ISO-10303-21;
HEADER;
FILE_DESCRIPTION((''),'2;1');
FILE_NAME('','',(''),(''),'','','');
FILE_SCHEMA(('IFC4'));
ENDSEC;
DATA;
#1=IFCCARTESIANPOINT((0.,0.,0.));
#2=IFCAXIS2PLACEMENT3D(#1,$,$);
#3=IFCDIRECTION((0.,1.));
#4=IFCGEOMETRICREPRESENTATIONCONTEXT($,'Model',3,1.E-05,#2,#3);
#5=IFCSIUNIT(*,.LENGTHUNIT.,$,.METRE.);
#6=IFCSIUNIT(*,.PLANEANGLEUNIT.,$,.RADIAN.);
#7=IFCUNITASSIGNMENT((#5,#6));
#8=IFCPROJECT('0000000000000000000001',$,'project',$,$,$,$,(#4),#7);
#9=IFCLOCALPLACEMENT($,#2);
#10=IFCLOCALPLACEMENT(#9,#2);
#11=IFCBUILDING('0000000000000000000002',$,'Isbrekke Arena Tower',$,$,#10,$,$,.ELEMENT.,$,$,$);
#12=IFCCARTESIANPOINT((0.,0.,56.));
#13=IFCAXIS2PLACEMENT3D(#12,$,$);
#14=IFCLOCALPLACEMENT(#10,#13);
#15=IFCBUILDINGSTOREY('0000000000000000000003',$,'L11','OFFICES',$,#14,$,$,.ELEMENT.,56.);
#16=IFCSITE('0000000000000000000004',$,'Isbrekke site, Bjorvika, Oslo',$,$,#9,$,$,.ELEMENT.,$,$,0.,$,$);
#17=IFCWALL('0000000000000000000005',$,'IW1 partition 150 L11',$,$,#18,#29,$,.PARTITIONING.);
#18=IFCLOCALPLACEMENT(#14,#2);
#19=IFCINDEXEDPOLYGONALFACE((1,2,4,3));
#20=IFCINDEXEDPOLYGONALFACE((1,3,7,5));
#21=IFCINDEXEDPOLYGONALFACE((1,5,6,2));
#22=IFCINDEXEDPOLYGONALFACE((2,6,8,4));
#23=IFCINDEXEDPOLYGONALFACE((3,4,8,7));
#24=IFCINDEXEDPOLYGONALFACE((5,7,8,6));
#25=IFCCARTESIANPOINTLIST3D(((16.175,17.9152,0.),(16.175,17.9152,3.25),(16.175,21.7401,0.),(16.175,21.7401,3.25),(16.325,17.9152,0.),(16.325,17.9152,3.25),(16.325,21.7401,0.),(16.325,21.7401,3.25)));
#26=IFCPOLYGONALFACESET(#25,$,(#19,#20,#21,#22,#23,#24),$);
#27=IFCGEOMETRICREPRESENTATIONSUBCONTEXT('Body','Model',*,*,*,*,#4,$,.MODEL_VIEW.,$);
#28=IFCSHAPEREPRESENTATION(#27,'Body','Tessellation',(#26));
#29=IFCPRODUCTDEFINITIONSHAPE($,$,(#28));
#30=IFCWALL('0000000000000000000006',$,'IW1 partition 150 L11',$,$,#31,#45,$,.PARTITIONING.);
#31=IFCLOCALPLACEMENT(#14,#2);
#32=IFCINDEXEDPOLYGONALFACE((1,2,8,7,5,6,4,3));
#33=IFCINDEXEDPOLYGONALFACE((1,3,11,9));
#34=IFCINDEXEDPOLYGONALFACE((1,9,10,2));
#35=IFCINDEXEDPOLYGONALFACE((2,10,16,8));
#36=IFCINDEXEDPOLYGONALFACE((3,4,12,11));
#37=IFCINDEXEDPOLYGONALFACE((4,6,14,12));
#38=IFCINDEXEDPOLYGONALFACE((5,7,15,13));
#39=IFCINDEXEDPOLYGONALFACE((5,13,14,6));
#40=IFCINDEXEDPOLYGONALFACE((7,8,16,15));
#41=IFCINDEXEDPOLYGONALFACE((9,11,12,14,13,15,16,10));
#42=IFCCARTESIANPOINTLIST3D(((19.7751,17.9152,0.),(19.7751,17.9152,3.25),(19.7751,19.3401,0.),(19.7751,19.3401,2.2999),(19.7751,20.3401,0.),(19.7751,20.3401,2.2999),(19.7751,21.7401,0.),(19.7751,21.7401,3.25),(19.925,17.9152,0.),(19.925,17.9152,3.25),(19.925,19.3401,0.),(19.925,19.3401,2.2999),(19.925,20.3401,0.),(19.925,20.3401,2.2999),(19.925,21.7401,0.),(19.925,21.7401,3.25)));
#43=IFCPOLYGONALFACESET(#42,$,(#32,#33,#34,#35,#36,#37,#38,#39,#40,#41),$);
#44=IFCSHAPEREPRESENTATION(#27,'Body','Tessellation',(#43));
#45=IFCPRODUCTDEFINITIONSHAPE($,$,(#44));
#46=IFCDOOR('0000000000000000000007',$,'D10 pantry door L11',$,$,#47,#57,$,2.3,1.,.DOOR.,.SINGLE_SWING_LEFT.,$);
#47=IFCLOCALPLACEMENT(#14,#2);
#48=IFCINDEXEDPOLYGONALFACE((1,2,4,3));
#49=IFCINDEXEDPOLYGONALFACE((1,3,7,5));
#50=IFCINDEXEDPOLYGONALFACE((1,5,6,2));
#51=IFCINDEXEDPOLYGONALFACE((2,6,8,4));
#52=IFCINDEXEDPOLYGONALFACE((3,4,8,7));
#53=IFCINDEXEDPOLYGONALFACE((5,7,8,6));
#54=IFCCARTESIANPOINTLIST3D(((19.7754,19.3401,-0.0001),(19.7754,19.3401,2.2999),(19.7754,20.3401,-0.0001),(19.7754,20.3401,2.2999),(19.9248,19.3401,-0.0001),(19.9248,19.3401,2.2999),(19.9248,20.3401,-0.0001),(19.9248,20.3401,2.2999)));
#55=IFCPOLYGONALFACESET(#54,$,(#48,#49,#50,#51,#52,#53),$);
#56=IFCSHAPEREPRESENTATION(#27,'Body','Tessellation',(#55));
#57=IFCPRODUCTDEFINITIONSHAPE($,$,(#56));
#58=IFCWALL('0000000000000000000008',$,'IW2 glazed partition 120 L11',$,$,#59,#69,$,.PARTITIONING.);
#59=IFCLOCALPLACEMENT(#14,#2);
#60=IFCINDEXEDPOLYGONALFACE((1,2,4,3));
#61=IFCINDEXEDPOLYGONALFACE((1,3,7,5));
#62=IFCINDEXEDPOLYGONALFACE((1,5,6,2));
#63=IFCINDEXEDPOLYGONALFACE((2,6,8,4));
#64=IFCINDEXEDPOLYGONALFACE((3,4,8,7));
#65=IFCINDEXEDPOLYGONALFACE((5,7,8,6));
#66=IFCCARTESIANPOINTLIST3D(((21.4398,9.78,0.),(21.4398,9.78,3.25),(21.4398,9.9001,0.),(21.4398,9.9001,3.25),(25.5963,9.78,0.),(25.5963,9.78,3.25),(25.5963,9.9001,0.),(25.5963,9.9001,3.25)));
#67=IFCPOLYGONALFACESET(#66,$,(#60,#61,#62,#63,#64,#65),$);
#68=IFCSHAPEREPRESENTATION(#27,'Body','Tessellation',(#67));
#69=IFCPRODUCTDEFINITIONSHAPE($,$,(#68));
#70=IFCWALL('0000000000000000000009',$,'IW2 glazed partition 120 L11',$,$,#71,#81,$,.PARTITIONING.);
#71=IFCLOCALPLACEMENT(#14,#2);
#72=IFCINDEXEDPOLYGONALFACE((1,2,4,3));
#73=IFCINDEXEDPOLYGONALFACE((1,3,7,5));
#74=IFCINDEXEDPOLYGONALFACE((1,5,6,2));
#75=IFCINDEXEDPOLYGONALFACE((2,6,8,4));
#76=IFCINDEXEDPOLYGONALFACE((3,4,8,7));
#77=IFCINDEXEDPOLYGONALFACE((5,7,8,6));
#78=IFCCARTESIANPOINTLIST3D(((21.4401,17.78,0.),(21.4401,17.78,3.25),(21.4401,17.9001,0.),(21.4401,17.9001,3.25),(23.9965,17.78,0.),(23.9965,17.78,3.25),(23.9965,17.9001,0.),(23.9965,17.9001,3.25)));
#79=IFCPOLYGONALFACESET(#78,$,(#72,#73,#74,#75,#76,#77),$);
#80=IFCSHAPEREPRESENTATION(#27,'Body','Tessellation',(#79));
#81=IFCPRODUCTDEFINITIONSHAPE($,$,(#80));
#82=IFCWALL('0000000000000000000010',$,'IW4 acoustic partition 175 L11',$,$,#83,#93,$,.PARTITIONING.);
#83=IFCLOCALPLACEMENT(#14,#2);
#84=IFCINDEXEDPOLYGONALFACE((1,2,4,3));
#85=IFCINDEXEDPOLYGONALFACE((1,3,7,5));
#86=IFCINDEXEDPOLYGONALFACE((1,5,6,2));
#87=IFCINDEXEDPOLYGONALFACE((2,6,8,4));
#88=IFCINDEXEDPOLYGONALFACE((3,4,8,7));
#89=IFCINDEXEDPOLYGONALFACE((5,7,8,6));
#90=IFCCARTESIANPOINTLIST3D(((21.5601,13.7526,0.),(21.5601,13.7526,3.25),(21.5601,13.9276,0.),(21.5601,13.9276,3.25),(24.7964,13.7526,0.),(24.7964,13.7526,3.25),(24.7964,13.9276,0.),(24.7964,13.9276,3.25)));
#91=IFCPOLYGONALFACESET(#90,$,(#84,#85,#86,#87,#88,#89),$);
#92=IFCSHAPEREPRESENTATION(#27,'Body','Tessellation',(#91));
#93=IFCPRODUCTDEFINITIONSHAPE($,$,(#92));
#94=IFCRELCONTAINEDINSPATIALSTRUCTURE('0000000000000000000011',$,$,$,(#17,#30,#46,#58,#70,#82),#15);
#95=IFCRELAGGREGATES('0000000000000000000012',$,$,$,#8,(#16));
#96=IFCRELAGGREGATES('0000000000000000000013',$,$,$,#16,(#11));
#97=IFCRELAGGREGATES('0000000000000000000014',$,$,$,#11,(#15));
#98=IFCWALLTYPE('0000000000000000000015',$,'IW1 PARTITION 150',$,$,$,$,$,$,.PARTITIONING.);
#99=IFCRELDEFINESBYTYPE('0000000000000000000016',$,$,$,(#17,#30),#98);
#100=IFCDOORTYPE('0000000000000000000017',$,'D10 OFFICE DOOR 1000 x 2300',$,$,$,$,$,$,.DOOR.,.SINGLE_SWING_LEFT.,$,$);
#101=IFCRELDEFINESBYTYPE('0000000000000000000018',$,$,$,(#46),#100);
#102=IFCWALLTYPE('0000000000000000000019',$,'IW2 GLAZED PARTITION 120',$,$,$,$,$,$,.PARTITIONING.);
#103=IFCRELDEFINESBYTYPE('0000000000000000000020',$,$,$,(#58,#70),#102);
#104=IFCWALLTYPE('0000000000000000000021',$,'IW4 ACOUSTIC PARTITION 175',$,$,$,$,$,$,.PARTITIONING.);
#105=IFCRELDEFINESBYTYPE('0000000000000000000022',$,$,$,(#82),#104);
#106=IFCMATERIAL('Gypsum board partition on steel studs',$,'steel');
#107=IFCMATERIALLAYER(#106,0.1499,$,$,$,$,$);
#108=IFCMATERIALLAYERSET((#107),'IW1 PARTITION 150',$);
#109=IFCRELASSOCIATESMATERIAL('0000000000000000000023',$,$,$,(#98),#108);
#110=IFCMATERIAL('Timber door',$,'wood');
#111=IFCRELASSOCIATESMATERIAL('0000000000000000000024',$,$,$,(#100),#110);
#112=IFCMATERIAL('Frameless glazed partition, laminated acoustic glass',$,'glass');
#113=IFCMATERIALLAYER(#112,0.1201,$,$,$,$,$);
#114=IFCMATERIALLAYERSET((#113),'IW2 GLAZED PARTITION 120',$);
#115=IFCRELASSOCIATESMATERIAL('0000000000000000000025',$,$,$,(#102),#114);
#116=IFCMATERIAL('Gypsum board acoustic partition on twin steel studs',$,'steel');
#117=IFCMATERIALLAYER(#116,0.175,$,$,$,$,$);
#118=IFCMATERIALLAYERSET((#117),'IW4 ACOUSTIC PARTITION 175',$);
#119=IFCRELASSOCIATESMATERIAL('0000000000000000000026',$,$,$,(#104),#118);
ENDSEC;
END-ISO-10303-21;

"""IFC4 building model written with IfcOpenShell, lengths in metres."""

from ifc_helpers import new_model, si_unit, direction, frame, frame_2d, origin, place, context, subcontext, project, spatial, rectangle, extrude, material, layer, layer_set, type_object, element, fill, save


model = new_model("IFC4")

# Units and contexts
model_context = context("Model", 3, precision=1e-05, world=origin(), true_north=direction((0.0, 1.0)))
body_context = subcontext(model_context, "Body", "Model", "MODEL_VIEW")
ifc_project = project(units=[si_unit("LENGTHUNIT", "METRE"), si_unit("PLANEANGLEUNIT", "RADIAN")], contexts=[model_context])

# Site, building, storey
site_placement = place(None, origin())
site = spatial("IfcSite", under=ifc_project, at=site_placement, Name="Isbrekke site, Bjorvika, Oslo", CompositionType="ELEMENT", RefElevation=0.0)
building_placement = place(site_placement, origin())
building = spatial("IfcBuilding", under=site, at=building_placement, Name="Isbrekke Arena Tower", CompositionType="ELEMENT")
storey_placement = place(building_placement, frame((0.0, 0.0, 56.0)))
storey = spatial("IfcBuildingStorey", under=building, at=storey_placement, Name="L11", Description="OFFICES", CompositionType="ELEMENT", Elevation=56.0)

# Wall
ifc_material_1 = material(Name="Gypsum board partition on steel studs", Category="steel")
ifc_layer_1 = layer(ifc_material_1, 0.1499)
ifc_layer_set_1 = layer_set([ifc_layer_1], Name="IW1 PARTITION 150")
wall_type_1 = type_object("IfcWallType", Name="IW1 PARTITION 150", PredefinedType="PARTITIONING", material=ifc_layer_set_1)
wall_1_placement = place(storey_placement, frame((16.25, 17.915, 0.0), z_axis=(0.0, 0.0, 1.0), x_axis=(0.0, 1.0, 0.0)))
element("IfcWall", 1, at=wall_1_placement, inside=storey, type_object=wall_type_1, Name="IW1 partition 150 L11", PredefinedType="PARTITIONING", context=body_context, shape_type="SweptSolid", body=[
    extrude(rectangle(XDim=3.825, YDim=0.1499, at=frame_2d((1.9126, 0.0))), origin(), (0.0, 0.0, 1.0), 3.25),
])

# Wall, opening, door
wall_2_placement = place(storey_placement, frame((19.8501, 17.915, 0.0), z_axis=(0.0, 0.0, 1.0), x_axis=(0.0, 1.0, 0.0)))
wall_2 = element("IfcWall", 2, at=wall_2_placement, inside=storey, type_object=wall_type_1, Name="IW1 partition 150 L11", PredefinedType="PARTITIONING", context=body_context, shape_type="SweptSolid", body=[
    extrude(rectangle(XDim=3.825, YDim=0.1499, at=frame_2d((1.9126, 0.0))), origin(), (0.0, 0.0, 1.0), 3.25),
])
opening_1_placement = place(wall_2_placement, frame((1.425, 0.0, 0.0)))
opening_1 = element("IfcOpeningElement", 3, at=opening_1_placement, cuts=wall_2, PredefinedType="OPENING", context=body_context, shape_type="SweptSolid", body=[
    extrude(rectangle(XDim=1.0, YDim=2.3, at=frame_2d((0.5, 1.1499))), frame((0.0, 0.0898, 0.0), z_axis=(0.0, -1.0, 0.0), x_axis=(1.0, 0.0, 0.0)), (0.0, 0.0, 1.0), 0.1797),
])
ifc_material_2 = material(Name="Timber door", Category="wood")
door_type_1 = type_object("IfcDoorType", Name="D10 OFFICE DOOR 1000 x 2300", OperationType="SINGLE_SWING_LEFT", PredefinedType="DOOR", material=ifc_material_2)
door_1_placement = place(opening_1_placement, origin())
door_1 = element("IfcDoor", 4, at=door_1_placement, inside=storey, type_object=door_type_1, Name="D10 pantry door L11", OperationType="SINGLE_SWING_LEFT", OverallHeight=2.3, OverallWidth=1.0, PredefinedType="DOOR", context=body_context, shape_type="SweptSolid", body=[
    extrude(rectangle(XDim=1.0, YDim=2.3, at=frame_2d((0.5, 1.1499))), frame((0.0, 0.0747, 0.0), z_axis=(0.0, -1.0, 0.0), x_axis=(1.0, 0.0, 0.0)), (0.0, 0.0, 1.0), 0.1494),
])
fill(opening_1, door_1)

# Walls
ifc_material_3 = material(Name="Frameless glazed partition, laminated acoustic glass", Category="glass")
ifc_layer_2 = layer(ifc_material_3, 0.1201)
ifc_layer_set_2 = layer_set([ifc_layer_2], Name="IW2 GLAZED PARTITION 120")
wall_type_2 = type_object("IfcWallType", Name="IW2 GLAZED PARTITION 120", PredefinedType="PARTITIONING", material=ifc_layer_set_2)
wall_3_placement = place(storey_placement, frame((21.4399, 9.8401, 0.0), z_axis=(0.0, 0.0, 1.0), x_axis=(1.0, 0.0, 0.0)))
element("IfcWall", 5, at=wall_3_placement, inside=storey, type_object=wall_type_2, Name="IW2 glazed partition 120 L11", PredefinedType="PARTITIONING", context=body_context, shape_type="SweptSolid", body=[
    extrude(rectangle(XDim=4.1565, YDim=0.1201, at=frame_2d((2.0781, 0.0))), origin(), (0.0, 0.0, 1.0), 3.25),
])
wall_4_placement = place(storey_placement, frame((21.4399, 17.8401, 0.0), z_axis=(0.0, 0.0, 1.0), x_axis=(1.0, 0.0, 0.0)))
element("IfcWall", 6, at=wall_4_placement, inside=storey, type_object=wall_type_2, Name="IW2 glazed partition 120 L11", PredefinedType="PARTITIONING", context=body_context, shape_type="SweptSolid", body=[
    extrude(rectangle(XDim=2.5564, YDim=0.1201, at=frame_2d((1.2783, 0.0))), origin(), (0.0, 0.0, 1.0), 3.25),
])

# Wall
ifc_material_4 = material(Name="Gypsum board acoustic partition on twin steel studs", Category="steel")
ifc_layer_3 = layer(ifc_material_4, 0.175)
ifc_layer_set_3 = layer_set([ifc_layer_3], Name="IW4 ACOUSTIC PARTITION 175")
wall_type_3 = type_object("IfcWallType", Name="IW4 ACOUSTIC PARTITION 175", PredefinedType="PARTITIONING", material=ifc_layer_set_3)
wall_5_placement = place(storey_placement, frame((21.5601, 13.8401, 0.0), z_axis=(0.0, 0.0, 1.0), x_axis=(1.0, 0.0, 0.0)))
element("IfcWall", 7, at=wall_5_placement, inside=storey, type_object=wall_type_3, Name="IW4 acoustic partition 175 L11", PredefinedType="PARTITIONING", context=body_context, shape_type="SweptSolid", body=[
    extrude(rectangle(XDim=3.2363, YDim=0.175, at=frame_2d((1.6182, 0.0))), origin(), (0.0, 0.0, 1.0), 3.25),
])

save(model, "model.ifc")
